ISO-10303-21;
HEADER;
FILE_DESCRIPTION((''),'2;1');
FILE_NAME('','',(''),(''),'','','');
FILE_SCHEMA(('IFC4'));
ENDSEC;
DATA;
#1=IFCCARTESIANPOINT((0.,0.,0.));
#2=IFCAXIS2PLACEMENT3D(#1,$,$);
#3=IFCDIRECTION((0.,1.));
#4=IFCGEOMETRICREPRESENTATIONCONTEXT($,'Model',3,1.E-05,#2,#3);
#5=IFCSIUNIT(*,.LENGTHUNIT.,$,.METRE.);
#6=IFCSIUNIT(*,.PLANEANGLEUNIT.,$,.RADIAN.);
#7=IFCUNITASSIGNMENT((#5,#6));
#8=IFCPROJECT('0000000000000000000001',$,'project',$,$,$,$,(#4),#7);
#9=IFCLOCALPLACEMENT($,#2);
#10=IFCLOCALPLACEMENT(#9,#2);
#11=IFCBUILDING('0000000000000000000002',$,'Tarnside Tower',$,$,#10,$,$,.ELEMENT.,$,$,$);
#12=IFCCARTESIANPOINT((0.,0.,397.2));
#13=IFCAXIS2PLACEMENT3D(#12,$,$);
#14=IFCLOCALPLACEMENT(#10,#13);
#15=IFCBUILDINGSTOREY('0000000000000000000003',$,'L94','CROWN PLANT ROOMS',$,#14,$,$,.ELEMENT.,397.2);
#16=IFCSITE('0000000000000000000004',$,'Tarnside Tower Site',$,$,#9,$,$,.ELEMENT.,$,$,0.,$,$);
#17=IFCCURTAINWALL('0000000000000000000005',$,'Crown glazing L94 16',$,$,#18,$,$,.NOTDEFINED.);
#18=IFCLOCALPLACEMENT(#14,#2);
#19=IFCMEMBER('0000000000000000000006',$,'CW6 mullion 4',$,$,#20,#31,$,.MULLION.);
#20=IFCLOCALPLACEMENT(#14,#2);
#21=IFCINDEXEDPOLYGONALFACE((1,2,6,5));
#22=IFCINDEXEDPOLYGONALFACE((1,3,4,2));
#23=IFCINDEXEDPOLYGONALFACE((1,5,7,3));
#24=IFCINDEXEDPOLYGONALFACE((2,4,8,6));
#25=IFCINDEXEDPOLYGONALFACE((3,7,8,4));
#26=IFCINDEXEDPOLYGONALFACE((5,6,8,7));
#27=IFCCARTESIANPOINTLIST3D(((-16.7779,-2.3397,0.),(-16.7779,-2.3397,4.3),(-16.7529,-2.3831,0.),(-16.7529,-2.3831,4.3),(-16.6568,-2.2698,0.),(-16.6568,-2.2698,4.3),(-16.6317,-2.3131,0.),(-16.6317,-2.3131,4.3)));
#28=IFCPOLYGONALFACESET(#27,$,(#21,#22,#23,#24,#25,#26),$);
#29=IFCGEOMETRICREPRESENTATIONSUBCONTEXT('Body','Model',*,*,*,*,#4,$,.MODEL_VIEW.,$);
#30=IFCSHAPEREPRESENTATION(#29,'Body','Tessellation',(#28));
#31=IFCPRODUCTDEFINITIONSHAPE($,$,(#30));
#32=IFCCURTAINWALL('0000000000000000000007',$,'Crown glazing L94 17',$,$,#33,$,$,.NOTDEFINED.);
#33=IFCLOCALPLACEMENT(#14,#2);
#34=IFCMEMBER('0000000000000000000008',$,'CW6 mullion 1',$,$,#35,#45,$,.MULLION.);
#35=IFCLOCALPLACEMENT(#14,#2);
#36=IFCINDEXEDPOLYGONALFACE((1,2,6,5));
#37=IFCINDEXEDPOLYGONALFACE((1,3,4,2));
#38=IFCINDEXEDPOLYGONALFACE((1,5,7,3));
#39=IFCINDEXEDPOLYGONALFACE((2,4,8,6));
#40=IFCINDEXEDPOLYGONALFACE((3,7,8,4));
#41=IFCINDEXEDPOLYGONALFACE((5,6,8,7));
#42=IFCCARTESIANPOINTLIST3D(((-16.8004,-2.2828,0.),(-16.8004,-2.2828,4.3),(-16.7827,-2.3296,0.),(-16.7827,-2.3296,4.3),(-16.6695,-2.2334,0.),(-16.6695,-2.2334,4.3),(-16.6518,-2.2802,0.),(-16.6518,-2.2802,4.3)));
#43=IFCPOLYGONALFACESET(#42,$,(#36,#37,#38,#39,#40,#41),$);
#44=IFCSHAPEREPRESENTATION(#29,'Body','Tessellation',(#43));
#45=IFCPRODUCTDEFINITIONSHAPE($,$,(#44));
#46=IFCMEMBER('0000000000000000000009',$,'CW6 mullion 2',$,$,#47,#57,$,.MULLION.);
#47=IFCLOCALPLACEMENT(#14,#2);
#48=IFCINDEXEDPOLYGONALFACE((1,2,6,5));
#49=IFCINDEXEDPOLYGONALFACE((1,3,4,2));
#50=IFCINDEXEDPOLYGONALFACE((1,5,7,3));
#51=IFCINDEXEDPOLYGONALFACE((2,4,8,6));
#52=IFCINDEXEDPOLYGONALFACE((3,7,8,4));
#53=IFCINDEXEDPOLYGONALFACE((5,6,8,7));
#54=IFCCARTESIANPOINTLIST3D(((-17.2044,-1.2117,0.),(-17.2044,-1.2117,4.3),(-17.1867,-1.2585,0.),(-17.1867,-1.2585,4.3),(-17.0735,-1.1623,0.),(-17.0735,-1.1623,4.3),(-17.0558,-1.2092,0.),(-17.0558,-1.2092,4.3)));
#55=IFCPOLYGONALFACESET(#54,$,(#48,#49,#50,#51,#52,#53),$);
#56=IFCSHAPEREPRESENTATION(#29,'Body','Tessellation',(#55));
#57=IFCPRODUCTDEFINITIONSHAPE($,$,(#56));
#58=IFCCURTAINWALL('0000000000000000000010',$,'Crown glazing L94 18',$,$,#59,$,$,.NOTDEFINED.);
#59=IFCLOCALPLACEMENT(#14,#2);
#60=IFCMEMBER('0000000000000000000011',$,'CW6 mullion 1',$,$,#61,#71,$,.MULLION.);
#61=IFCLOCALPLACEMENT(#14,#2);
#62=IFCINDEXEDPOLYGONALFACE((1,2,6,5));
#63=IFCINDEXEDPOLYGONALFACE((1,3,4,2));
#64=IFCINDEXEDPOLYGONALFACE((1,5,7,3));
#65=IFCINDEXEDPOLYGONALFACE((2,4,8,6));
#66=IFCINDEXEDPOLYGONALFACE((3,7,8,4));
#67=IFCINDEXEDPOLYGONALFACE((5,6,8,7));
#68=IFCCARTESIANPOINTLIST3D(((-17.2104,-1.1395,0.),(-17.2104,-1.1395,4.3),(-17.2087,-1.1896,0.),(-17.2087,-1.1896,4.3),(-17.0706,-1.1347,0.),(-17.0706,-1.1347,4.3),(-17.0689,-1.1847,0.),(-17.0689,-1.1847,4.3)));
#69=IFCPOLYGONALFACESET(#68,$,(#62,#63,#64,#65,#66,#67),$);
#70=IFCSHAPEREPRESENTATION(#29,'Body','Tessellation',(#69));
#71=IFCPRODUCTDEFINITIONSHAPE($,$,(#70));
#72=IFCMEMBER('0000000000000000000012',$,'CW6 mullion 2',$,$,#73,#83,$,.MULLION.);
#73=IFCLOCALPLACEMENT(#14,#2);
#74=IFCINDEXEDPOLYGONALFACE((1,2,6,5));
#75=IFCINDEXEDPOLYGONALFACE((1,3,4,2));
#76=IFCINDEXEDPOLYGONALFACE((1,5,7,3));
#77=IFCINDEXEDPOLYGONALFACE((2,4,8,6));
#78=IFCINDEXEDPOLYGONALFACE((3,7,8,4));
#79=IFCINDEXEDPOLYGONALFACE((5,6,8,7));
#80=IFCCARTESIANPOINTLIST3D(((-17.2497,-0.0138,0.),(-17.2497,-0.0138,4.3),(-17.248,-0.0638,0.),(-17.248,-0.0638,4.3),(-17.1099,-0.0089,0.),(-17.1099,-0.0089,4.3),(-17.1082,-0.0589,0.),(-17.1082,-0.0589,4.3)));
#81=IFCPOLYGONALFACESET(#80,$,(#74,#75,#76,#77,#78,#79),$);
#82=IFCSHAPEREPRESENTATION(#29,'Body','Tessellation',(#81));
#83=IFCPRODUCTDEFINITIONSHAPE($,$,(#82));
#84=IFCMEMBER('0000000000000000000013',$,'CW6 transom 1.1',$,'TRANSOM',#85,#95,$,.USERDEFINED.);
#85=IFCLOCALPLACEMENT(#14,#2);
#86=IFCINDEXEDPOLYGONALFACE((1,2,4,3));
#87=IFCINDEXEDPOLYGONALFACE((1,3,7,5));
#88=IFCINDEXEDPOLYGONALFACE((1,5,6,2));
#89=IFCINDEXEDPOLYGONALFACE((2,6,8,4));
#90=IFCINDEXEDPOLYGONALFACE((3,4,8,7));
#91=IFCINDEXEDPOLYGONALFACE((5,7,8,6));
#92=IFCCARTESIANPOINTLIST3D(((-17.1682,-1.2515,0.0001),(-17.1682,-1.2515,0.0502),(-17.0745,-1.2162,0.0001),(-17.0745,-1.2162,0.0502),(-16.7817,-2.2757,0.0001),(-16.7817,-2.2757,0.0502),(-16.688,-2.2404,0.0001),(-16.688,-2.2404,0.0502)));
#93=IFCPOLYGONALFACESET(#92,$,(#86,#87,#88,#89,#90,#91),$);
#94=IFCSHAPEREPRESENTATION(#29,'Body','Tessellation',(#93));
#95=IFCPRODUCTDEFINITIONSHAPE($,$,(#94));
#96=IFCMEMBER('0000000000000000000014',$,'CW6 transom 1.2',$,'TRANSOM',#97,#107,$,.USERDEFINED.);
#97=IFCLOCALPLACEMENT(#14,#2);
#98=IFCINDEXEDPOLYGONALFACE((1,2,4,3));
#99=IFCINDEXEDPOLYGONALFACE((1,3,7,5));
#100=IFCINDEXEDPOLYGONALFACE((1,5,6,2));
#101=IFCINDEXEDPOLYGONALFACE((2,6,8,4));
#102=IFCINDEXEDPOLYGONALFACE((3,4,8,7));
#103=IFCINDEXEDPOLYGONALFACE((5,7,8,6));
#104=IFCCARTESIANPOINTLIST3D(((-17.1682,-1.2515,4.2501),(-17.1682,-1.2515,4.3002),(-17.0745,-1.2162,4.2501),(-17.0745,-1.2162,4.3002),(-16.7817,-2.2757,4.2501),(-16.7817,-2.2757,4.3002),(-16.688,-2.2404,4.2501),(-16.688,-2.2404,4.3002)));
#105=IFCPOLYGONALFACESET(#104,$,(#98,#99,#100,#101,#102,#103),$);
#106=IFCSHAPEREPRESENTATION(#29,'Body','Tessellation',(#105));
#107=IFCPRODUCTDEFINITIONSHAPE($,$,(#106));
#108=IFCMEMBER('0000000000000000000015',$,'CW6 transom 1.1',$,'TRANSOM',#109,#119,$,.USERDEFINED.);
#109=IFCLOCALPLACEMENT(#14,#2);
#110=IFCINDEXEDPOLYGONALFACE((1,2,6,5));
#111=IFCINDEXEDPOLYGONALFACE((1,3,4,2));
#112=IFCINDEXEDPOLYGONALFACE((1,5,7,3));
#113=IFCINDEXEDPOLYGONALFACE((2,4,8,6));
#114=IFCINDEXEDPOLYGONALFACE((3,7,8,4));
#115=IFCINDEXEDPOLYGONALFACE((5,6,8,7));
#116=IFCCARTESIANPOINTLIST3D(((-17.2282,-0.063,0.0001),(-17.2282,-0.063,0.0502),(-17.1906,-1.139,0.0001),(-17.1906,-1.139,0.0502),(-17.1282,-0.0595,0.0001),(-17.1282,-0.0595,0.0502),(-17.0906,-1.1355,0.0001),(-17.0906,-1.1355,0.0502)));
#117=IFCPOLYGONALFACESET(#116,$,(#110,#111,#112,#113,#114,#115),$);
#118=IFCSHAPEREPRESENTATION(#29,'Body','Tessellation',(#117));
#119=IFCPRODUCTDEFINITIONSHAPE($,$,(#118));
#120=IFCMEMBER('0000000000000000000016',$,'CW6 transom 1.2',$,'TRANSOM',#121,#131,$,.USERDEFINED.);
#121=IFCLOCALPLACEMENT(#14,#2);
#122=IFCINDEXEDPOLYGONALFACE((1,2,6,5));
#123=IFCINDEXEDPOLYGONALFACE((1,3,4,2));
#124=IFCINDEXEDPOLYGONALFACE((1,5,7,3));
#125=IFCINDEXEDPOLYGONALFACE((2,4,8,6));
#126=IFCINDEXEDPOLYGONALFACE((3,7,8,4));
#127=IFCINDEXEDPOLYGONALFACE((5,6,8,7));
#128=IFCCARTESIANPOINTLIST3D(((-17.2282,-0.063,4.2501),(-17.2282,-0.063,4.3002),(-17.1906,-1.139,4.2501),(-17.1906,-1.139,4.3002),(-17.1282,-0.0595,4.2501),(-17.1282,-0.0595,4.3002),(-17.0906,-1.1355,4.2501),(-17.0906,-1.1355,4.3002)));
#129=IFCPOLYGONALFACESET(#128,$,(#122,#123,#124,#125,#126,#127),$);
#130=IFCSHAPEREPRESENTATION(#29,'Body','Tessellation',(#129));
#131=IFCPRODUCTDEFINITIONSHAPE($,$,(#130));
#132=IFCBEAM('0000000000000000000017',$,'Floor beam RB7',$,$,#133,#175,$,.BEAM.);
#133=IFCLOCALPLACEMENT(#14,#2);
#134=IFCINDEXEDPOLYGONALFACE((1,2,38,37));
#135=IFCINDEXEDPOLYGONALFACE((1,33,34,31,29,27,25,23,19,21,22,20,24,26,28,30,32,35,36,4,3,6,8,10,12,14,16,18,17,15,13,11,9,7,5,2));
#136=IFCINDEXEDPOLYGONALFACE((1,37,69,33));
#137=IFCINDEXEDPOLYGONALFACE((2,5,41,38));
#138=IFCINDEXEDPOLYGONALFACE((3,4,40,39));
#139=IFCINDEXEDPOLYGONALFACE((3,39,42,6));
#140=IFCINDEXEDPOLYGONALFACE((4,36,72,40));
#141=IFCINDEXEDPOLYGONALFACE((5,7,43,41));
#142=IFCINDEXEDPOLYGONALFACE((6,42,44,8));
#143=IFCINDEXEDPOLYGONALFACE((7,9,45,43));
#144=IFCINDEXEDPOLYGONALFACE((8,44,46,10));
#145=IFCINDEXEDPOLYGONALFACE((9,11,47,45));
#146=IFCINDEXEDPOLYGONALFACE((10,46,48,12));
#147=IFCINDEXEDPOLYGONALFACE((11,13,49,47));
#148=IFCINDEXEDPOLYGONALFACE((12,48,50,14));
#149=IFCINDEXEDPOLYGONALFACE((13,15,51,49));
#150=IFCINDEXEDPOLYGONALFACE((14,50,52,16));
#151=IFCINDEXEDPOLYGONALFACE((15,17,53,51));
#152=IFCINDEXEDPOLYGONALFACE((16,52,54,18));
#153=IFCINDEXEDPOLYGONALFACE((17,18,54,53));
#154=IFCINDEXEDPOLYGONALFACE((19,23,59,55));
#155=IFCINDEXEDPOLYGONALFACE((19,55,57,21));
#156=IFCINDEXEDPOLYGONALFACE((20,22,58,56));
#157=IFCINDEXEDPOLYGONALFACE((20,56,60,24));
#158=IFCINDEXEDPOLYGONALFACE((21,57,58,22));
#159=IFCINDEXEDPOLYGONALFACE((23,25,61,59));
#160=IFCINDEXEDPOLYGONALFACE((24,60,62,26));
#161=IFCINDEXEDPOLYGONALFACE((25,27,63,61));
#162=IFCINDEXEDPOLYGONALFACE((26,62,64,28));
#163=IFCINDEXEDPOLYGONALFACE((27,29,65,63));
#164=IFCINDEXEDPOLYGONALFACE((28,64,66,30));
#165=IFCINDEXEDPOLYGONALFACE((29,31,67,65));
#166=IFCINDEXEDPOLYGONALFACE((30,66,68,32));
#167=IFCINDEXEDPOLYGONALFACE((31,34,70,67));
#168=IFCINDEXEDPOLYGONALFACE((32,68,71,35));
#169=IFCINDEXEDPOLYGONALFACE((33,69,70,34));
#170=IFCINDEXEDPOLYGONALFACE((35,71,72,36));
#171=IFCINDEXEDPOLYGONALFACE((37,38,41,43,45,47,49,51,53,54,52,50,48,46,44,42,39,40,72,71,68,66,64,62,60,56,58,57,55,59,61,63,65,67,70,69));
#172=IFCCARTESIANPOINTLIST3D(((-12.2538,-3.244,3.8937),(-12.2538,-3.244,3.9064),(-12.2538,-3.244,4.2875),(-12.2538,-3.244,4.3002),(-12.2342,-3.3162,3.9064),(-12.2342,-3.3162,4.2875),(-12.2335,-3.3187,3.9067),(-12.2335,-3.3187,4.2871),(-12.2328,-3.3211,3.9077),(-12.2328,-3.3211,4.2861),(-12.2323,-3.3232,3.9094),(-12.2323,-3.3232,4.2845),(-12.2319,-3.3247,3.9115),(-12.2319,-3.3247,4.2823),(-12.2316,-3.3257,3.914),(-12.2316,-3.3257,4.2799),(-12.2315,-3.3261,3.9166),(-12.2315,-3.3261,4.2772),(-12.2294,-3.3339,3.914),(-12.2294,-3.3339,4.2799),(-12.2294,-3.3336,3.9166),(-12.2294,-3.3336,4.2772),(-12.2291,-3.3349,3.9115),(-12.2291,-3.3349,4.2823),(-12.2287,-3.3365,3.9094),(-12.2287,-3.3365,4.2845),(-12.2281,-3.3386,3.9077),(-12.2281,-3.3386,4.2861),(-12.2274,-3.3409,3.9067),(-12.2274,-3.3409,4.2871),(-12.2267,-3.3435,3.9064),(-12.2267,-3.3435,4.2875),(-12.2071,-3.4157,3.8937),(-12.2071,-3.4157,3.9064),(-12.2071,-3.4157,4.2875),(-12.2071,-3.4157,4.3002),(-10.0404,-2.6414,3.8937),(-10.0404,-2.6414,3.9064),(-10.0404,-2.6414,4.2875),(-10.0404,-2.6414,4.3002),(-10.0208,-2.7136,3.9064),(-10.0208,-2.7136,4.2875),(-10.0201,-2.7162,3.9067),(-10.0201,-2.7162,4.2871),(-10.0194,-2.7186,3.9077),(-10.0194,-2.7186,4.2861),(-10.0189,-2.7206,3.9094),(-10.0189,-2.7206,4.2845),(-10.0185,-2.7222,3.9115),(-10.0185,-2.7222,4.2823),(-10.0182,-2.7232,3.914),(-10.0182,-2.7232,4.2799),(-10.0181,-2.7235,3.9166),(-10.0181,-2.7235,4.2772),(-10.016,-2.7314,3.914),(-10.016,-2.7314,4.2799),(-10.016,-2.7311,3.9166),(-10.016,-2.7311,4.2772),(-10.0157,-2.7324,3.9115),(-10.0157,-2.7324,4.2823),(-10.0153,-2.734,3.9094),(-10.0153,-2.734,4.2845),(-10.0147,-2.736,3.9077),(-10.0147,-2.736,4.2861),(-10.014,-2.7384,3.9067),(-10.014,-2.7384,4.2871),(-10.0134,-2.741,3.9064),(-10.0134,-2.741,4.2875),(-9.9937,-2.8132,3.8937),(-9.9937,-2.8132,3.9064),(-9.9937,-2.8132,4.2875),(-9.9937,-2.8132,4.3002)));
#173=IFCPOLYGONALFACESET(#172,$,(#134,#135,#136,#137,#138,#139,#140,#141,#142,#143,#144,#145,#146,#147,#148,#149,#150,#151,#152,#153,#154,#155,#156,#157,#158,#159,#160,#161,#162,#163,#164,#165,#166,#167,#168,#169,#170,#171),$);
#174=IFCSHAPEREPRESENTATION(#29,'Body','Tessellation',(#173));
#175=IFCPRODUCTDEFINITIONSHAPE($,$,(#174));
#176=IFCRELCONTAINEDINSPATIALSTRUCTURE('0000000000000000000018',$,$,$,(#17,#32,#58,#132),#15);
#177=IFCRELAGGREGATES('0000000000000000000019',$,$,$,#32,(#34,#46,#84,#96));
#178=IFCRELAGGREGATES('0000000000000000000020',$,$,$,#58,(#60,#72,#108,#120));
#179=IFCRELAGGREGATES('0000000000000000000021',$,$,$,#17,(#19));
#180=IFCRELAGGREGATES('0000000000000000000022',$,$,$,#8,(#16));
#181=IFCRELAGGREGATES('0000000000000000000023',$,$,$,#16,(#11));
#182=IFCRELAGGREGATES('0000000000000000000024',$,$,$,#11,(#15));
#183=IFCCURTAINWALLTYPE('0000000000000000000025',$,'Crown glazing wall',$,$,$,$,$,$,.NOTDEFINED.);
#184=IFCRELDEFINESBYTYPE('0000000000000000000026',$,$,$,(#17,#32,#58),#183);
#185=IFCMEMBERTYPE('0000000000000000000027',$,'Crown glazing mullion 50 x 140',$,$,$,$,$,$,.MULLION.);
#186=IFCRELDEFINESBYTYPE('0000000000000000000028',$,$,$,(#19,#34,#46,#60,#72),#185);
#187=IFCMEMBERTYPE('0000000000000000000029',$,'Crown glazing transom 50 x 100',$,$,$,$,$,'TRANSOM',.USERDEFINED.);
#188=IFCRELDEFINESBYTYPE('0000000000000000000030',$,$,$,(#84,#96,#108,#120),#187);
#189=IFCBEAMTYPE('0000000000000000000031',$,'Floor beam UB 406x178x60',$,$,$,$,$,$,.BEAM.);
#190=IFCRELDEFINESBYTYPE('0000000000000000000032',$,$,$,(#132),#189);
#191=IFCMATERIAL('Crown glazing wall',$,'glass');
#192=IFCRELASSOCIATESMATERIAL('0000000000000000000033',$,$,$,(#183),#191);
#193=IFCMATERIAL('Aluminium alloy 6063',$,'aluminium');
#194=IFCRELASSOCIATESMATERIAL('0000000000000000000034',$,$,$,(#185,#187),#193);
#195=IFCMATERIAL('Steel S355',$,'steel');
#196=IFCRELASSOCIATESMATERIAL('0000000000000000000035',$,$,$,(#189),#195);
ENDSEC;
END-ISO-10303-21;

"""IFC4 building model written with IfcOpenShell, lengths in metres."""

from ifc_helpers import new_model, si_unit, direction, frame, origin, origin_2d, place, context, subcontext, project, spatial, rectangle, i_section, extrude, material, material_profile, profile_set, type_object, element, aggregate, save


model = new_model("IFC4")

# Units and contexts
model_context = context("Model", 3, precision=1e-05, world=origin(), true_north=direction((0.0, 1.0)))
body_context = subcontext(model_context, "Body", "Model", "MODEL_VIEW")
ifc_project = project(units=[si_unit("LENGTHUNIT", "METRE"), si_unit("PLANEANGLEUNIT", "RADIAN")], contexts=[model_context])

# Site, building, storey
site_placement = place(None, origin())
site = spatial("IfcSite", under=ifc_project, at=site_placement, Name="Tarnside Tower Site", CompositionType="ELEMENT", RefElevation=0.0)
building_placement = place(site_placement, origin())
building = spatial("IfcBuilding", under=site, at=building_placement, Name="Tarnside Tower", CompositionType="ELEMENT")
storey_placement = place(building_placement, frame((0.0, 0.0, 397.2)))
storey = spatial("IfcBuildingStorey", under=building, at=storey_placement, Name="L94", Description="CROWN PLANT ROOMS", CompositionType="ELEMENT", Elevation=397.2)

# Curtain wall, member
ifc_material_1 = material(Name="Crown glazing wall", Category="glass")
curtain_wall_type = type_object("IfcCurtainWallType", Name="Crown glazing wall", PredefinedType="NOTDEFINED", material=ifc_material_1)
curtain_wall_1_placement = place(storey_placement, origin())
curtain_wall_1 = element("IfcCurtainWall", 1, at=curtain_wall_1_placement, inside=storey, type_object=curtain_wall_type, Name="Crown glazing L94 16", PredefinedType="NOTDEFINED")
ifc_material_2 = material(Name="Aluminium alloy 6063", Category="aluminium")
ifc_material_profile_1 = material_profile(ifc_material_2, rectangle(XDim=0.1399, YDim=0.05, at=origin_2d()), Name="Crown glazing mullion 50 x 140")
ifc_profile_set_1 = profile_set([ifc_material_profile_1], Name="Aluminium alloy 6063")
member_type_1 = type_object("IfcMemberType", Name="Crown glazing mullion 50 x 140", PredefinedType="MULLION", material=ifc_profile_set_1)
member_1_placement = place(storey_placement, frame((-16.7048, -2.3264, 0.0), z_axis=(0.0, 0.0, 1.0), x_axis=(-0.866025, -0.5, 0.0)))
member_1 = element("IfcMember", 2, at=member_1_placement, type_object=member_type_1, Name="CW6 mullion 4", PredefinedType="MULLION", context=body_context, shape_type="SweptSolid", body=[
    extrude(rectangle(XDim=0.1399, YDim=0.05, at=origin_2d()), origin(), (0.0, 0.0, 1.0), 4.3),
])

# Curtain walls, members
curtain_wall_2_placement = place(storey_placement, origin())
curtain_wall_2 = element("IfcCurtainWall", 3, at=curtain_wall_2_placement, inside=storey, type_object=curtain_wall_type, Name="Crown glazing L94 17", PredefinedType="NOTDEFINED")
member_2_placement = place(storey_placement, frame((-16.7261, -2.2815, 0.0), z_axis=(0.0, 0.0, 1.0), x_axis=(-0.93565, -0.352931, 0.0)))
member_2 = element("IfcMember", 4, at=member_2_placement, type_object=member_type_1, Name="CW6 mullion 1", PredefinedType="MULLION", context=body_context, shape_type="SweptSolid", body=[
    extrude(rectangle(XDim=0.1399, YDim=0.05, at=origin_2d()), origin(), (0.0, 0.0, 1.0), 4.3),
])
member_3_placement = place(storey_placement, frame((-17.1301, -1.2104, 0.0), z_axis=(0.0, 0.0, 1.0), x_axis=(-0.93565, -0.352931, 0.0)))
member_3 = element("IfcMember", 5, at=member_3_placement, type_object=member_type_1, Name="CW6 mullion 2", PredefinedType="MULLION", context=body_context, shape_type="SweptSolid", body=[
    extrude(rectangle(XDim=0.1399, YDim=0.05, at=origin_2d()), origin(), (0.0, 0.0, 1.0), 4.3),
])
curtain_wall_3_placement = place(storey_placement, origin())
curtain_wall_3 = element("IfcCurtainWall", 6, at=curtain_wall_3_placement, inside=storey, type_object=curtain_wall_type, Name="Crown glazing L94 18", PredefinedType="NOTDEFINED")
member_4_placement = place(storey_placement, frame((-17.1396, -1.1621, 0.0), z_axis=(0.0, 0.0, 1.0), x_axis=(-0.999391, -0.034899, 0.0)))
member_4 = element("IfcMember", 7, at=member_4_placement, type_object=member_type_1, Name="CW6 mullion 1", PredefinedType="MULLION", context=body_context, shape_type="SweptSolid", body=[
    extrude(rectangle(XDim=0.1399, YDim=0.05, at=origin_2d()), origin(), (0.0, 0.0, 1.0), 4.3),
])
member_5_placement = place(storey_placement, frame((-17.179, -0.0364, 0.0), z_axis=(0.0, 0.0, 1.0), x_axis=(-0.999391, -0.034899, 0.0)))
member_5 = element("IfcMember", 8, at=member_5_placement, type_object=member_type_1, Name="CW6 mullion 2", PredefinedType="MULLION", context=body_context, shape_type="SweptSolid", body=[
    extrude(rectangle(XDim=0.1399, YDim=0.05, at=origin_2d()), origin(), (0.0, 0.0, 1.0), 4.3),
])

# Members
ifc_material_profile_2 = material_profile(ifc_material_2, rectangle(XDim=0.1001, YDim=0.05, at=origin_2d()), Name="Crown glazing transom 50 x 100")
ifc_profile_set_2 = profile_set([ifc_material_profile_2], Name="Aluminium alloy 6063")
member_type_2 = type_object("IfcMemberType", Name="Crown glazing transom 50 x 100", ElementType="TRANSOM", PredefinedType="USERDEFINED", material=ifc_profile_set_2)
member_6_placement = place(storey_placement, frame((-16.7349, -2.2581, 0.0251), z_axis=(-0.353054, 0.935603, 0.0), x_axis=(-0.935603, -0.353054, 0.0)))
member_6 = element("IfcMember", 9, at=member_6_placement, type_object=member_type_2, Name="CW6 transom 1.1", ObjectType="TRANSOM", PredefinedType="USERDEFINED", context=body_context, shape_type="SweptSolid", body=[
    extrude(rectangle(XDim=0.1001, YDim=0.05, at=origin_2d()), origin(), (0.0, 0.0, 1.0), 1.0947),
])
member_7_placement = place(storey_placement, frame((-16.7349, -2.2581, 4.2751), z_axis=(-0.353054, 0.935603, 0.0), x_axis=(-0.935603, -0.353054, 0.0)))
member_7 = element("IfcMember", 10, at=member_7_placement, type_object=member_type_2, Name="CW6 transom 1.2", ObjectType="TRANSOM", PredefinedType="USERDEFINED", context=body_context, shape_type="SweptSolid", body=[
    extrude(rectangle(XDim=0.1001, YDim=0.05, at=origin_2d()), origin(), (0.0, 0.0, 1.0), 1.0947),
])
member_8_placement = place(storey_placement, frame((-17.1406, -1.1372, 0.0251), z_axis=(-0.034923, 0.99939, 0.0), x_axis=(-0.99939, -0.034923, 0.0)))
member_8 = element("IfcMember", 11, at=member_8_placement, type_object=member_type_2, Name="CW6 transom 1.1", ObjectType="TRANSOM", PredefinedType="USERDEFINED", context=body_context, shape_type="SweptSolid", body=[
    extrude(rectangle(XDim=0.1001, YDim=0.05, at=origin_2d()), origin(), (0.0, 0.0, 1.0), 1.0767),
])
member_9_placement = place(storey_placement, frame((-17.1406, -1.1372, 4.2751), z_axis=(-0.034923, 0.99939, 0.0), x_axis=(-0.99939, -0.034923, 0.0)))
member_9 = element("IfcMember", 12, at=member_9_placement, type_object=member_type_2, Name="CW6 transom 1.2", ObjectType="TRANSOM", PredefinedType="USERDEFINED", context=body_context, shape_type="SweptSolid", body=[
    extrude(rectangle(XDim=0.1001, YDim=0.05, at=origin_2d()), origin(), (0.0, 0.0, 1.0), 1.0767),
])

# Beam
ifc_material_3 = material(Name="Steel S355", Category="steel")
ifc_material_profile_3 = material_profile(ifc_material_3, i_section(OverallWidth=0.178, OverallDepth=0.4065, WebThickness=0.0078, FlangeThickness=0.0127, FilletRadius=0.0103, at=origin_2d()), Name="UB 406x178x60")
ifc_profile_set_3 = profile_set([ifc_material_profile_3], Name="Steel S355")
beam_type_1 = type_object("IfcBeamType", Name="Floor beam UB 406x178x60", PredefinedType="BEAM", material=ifc_profile_set_3)
beam_1_placement = place(storey_placement, frame((-12.2305, -3.3298, 4.0969), z_axis=(0.964887, 0.262667, 0.0), x_axis=(-0.262667, 0.964887, 0.0)))
element("IfcBeam", 13, at=beam_1_placement, inside=storey, type_object=beam_type_1, Name="Floor beam RB7", PredefinedType="BEAM", context=body_context, shape_type="SweptSolid", body=[
    extrude(i_section(OverallWidth=0.178, OverallDepth=0.4065, WebThickness=0.0078, FlangeThickness=0.0127, FilletRadius=0.0103, at=origin_2d()), origin(), (0.0, 0.0, 1.0), 2.2939),
])

aggregate(curtain_wall_2, [member_2, member_3, member_6, member_7])
aggregate(curtain_wall_3, [member_4, member_5, member_8, member_9])
aggregate(curtain_wall_1, [member_1])

save(model, "model.ifc")
